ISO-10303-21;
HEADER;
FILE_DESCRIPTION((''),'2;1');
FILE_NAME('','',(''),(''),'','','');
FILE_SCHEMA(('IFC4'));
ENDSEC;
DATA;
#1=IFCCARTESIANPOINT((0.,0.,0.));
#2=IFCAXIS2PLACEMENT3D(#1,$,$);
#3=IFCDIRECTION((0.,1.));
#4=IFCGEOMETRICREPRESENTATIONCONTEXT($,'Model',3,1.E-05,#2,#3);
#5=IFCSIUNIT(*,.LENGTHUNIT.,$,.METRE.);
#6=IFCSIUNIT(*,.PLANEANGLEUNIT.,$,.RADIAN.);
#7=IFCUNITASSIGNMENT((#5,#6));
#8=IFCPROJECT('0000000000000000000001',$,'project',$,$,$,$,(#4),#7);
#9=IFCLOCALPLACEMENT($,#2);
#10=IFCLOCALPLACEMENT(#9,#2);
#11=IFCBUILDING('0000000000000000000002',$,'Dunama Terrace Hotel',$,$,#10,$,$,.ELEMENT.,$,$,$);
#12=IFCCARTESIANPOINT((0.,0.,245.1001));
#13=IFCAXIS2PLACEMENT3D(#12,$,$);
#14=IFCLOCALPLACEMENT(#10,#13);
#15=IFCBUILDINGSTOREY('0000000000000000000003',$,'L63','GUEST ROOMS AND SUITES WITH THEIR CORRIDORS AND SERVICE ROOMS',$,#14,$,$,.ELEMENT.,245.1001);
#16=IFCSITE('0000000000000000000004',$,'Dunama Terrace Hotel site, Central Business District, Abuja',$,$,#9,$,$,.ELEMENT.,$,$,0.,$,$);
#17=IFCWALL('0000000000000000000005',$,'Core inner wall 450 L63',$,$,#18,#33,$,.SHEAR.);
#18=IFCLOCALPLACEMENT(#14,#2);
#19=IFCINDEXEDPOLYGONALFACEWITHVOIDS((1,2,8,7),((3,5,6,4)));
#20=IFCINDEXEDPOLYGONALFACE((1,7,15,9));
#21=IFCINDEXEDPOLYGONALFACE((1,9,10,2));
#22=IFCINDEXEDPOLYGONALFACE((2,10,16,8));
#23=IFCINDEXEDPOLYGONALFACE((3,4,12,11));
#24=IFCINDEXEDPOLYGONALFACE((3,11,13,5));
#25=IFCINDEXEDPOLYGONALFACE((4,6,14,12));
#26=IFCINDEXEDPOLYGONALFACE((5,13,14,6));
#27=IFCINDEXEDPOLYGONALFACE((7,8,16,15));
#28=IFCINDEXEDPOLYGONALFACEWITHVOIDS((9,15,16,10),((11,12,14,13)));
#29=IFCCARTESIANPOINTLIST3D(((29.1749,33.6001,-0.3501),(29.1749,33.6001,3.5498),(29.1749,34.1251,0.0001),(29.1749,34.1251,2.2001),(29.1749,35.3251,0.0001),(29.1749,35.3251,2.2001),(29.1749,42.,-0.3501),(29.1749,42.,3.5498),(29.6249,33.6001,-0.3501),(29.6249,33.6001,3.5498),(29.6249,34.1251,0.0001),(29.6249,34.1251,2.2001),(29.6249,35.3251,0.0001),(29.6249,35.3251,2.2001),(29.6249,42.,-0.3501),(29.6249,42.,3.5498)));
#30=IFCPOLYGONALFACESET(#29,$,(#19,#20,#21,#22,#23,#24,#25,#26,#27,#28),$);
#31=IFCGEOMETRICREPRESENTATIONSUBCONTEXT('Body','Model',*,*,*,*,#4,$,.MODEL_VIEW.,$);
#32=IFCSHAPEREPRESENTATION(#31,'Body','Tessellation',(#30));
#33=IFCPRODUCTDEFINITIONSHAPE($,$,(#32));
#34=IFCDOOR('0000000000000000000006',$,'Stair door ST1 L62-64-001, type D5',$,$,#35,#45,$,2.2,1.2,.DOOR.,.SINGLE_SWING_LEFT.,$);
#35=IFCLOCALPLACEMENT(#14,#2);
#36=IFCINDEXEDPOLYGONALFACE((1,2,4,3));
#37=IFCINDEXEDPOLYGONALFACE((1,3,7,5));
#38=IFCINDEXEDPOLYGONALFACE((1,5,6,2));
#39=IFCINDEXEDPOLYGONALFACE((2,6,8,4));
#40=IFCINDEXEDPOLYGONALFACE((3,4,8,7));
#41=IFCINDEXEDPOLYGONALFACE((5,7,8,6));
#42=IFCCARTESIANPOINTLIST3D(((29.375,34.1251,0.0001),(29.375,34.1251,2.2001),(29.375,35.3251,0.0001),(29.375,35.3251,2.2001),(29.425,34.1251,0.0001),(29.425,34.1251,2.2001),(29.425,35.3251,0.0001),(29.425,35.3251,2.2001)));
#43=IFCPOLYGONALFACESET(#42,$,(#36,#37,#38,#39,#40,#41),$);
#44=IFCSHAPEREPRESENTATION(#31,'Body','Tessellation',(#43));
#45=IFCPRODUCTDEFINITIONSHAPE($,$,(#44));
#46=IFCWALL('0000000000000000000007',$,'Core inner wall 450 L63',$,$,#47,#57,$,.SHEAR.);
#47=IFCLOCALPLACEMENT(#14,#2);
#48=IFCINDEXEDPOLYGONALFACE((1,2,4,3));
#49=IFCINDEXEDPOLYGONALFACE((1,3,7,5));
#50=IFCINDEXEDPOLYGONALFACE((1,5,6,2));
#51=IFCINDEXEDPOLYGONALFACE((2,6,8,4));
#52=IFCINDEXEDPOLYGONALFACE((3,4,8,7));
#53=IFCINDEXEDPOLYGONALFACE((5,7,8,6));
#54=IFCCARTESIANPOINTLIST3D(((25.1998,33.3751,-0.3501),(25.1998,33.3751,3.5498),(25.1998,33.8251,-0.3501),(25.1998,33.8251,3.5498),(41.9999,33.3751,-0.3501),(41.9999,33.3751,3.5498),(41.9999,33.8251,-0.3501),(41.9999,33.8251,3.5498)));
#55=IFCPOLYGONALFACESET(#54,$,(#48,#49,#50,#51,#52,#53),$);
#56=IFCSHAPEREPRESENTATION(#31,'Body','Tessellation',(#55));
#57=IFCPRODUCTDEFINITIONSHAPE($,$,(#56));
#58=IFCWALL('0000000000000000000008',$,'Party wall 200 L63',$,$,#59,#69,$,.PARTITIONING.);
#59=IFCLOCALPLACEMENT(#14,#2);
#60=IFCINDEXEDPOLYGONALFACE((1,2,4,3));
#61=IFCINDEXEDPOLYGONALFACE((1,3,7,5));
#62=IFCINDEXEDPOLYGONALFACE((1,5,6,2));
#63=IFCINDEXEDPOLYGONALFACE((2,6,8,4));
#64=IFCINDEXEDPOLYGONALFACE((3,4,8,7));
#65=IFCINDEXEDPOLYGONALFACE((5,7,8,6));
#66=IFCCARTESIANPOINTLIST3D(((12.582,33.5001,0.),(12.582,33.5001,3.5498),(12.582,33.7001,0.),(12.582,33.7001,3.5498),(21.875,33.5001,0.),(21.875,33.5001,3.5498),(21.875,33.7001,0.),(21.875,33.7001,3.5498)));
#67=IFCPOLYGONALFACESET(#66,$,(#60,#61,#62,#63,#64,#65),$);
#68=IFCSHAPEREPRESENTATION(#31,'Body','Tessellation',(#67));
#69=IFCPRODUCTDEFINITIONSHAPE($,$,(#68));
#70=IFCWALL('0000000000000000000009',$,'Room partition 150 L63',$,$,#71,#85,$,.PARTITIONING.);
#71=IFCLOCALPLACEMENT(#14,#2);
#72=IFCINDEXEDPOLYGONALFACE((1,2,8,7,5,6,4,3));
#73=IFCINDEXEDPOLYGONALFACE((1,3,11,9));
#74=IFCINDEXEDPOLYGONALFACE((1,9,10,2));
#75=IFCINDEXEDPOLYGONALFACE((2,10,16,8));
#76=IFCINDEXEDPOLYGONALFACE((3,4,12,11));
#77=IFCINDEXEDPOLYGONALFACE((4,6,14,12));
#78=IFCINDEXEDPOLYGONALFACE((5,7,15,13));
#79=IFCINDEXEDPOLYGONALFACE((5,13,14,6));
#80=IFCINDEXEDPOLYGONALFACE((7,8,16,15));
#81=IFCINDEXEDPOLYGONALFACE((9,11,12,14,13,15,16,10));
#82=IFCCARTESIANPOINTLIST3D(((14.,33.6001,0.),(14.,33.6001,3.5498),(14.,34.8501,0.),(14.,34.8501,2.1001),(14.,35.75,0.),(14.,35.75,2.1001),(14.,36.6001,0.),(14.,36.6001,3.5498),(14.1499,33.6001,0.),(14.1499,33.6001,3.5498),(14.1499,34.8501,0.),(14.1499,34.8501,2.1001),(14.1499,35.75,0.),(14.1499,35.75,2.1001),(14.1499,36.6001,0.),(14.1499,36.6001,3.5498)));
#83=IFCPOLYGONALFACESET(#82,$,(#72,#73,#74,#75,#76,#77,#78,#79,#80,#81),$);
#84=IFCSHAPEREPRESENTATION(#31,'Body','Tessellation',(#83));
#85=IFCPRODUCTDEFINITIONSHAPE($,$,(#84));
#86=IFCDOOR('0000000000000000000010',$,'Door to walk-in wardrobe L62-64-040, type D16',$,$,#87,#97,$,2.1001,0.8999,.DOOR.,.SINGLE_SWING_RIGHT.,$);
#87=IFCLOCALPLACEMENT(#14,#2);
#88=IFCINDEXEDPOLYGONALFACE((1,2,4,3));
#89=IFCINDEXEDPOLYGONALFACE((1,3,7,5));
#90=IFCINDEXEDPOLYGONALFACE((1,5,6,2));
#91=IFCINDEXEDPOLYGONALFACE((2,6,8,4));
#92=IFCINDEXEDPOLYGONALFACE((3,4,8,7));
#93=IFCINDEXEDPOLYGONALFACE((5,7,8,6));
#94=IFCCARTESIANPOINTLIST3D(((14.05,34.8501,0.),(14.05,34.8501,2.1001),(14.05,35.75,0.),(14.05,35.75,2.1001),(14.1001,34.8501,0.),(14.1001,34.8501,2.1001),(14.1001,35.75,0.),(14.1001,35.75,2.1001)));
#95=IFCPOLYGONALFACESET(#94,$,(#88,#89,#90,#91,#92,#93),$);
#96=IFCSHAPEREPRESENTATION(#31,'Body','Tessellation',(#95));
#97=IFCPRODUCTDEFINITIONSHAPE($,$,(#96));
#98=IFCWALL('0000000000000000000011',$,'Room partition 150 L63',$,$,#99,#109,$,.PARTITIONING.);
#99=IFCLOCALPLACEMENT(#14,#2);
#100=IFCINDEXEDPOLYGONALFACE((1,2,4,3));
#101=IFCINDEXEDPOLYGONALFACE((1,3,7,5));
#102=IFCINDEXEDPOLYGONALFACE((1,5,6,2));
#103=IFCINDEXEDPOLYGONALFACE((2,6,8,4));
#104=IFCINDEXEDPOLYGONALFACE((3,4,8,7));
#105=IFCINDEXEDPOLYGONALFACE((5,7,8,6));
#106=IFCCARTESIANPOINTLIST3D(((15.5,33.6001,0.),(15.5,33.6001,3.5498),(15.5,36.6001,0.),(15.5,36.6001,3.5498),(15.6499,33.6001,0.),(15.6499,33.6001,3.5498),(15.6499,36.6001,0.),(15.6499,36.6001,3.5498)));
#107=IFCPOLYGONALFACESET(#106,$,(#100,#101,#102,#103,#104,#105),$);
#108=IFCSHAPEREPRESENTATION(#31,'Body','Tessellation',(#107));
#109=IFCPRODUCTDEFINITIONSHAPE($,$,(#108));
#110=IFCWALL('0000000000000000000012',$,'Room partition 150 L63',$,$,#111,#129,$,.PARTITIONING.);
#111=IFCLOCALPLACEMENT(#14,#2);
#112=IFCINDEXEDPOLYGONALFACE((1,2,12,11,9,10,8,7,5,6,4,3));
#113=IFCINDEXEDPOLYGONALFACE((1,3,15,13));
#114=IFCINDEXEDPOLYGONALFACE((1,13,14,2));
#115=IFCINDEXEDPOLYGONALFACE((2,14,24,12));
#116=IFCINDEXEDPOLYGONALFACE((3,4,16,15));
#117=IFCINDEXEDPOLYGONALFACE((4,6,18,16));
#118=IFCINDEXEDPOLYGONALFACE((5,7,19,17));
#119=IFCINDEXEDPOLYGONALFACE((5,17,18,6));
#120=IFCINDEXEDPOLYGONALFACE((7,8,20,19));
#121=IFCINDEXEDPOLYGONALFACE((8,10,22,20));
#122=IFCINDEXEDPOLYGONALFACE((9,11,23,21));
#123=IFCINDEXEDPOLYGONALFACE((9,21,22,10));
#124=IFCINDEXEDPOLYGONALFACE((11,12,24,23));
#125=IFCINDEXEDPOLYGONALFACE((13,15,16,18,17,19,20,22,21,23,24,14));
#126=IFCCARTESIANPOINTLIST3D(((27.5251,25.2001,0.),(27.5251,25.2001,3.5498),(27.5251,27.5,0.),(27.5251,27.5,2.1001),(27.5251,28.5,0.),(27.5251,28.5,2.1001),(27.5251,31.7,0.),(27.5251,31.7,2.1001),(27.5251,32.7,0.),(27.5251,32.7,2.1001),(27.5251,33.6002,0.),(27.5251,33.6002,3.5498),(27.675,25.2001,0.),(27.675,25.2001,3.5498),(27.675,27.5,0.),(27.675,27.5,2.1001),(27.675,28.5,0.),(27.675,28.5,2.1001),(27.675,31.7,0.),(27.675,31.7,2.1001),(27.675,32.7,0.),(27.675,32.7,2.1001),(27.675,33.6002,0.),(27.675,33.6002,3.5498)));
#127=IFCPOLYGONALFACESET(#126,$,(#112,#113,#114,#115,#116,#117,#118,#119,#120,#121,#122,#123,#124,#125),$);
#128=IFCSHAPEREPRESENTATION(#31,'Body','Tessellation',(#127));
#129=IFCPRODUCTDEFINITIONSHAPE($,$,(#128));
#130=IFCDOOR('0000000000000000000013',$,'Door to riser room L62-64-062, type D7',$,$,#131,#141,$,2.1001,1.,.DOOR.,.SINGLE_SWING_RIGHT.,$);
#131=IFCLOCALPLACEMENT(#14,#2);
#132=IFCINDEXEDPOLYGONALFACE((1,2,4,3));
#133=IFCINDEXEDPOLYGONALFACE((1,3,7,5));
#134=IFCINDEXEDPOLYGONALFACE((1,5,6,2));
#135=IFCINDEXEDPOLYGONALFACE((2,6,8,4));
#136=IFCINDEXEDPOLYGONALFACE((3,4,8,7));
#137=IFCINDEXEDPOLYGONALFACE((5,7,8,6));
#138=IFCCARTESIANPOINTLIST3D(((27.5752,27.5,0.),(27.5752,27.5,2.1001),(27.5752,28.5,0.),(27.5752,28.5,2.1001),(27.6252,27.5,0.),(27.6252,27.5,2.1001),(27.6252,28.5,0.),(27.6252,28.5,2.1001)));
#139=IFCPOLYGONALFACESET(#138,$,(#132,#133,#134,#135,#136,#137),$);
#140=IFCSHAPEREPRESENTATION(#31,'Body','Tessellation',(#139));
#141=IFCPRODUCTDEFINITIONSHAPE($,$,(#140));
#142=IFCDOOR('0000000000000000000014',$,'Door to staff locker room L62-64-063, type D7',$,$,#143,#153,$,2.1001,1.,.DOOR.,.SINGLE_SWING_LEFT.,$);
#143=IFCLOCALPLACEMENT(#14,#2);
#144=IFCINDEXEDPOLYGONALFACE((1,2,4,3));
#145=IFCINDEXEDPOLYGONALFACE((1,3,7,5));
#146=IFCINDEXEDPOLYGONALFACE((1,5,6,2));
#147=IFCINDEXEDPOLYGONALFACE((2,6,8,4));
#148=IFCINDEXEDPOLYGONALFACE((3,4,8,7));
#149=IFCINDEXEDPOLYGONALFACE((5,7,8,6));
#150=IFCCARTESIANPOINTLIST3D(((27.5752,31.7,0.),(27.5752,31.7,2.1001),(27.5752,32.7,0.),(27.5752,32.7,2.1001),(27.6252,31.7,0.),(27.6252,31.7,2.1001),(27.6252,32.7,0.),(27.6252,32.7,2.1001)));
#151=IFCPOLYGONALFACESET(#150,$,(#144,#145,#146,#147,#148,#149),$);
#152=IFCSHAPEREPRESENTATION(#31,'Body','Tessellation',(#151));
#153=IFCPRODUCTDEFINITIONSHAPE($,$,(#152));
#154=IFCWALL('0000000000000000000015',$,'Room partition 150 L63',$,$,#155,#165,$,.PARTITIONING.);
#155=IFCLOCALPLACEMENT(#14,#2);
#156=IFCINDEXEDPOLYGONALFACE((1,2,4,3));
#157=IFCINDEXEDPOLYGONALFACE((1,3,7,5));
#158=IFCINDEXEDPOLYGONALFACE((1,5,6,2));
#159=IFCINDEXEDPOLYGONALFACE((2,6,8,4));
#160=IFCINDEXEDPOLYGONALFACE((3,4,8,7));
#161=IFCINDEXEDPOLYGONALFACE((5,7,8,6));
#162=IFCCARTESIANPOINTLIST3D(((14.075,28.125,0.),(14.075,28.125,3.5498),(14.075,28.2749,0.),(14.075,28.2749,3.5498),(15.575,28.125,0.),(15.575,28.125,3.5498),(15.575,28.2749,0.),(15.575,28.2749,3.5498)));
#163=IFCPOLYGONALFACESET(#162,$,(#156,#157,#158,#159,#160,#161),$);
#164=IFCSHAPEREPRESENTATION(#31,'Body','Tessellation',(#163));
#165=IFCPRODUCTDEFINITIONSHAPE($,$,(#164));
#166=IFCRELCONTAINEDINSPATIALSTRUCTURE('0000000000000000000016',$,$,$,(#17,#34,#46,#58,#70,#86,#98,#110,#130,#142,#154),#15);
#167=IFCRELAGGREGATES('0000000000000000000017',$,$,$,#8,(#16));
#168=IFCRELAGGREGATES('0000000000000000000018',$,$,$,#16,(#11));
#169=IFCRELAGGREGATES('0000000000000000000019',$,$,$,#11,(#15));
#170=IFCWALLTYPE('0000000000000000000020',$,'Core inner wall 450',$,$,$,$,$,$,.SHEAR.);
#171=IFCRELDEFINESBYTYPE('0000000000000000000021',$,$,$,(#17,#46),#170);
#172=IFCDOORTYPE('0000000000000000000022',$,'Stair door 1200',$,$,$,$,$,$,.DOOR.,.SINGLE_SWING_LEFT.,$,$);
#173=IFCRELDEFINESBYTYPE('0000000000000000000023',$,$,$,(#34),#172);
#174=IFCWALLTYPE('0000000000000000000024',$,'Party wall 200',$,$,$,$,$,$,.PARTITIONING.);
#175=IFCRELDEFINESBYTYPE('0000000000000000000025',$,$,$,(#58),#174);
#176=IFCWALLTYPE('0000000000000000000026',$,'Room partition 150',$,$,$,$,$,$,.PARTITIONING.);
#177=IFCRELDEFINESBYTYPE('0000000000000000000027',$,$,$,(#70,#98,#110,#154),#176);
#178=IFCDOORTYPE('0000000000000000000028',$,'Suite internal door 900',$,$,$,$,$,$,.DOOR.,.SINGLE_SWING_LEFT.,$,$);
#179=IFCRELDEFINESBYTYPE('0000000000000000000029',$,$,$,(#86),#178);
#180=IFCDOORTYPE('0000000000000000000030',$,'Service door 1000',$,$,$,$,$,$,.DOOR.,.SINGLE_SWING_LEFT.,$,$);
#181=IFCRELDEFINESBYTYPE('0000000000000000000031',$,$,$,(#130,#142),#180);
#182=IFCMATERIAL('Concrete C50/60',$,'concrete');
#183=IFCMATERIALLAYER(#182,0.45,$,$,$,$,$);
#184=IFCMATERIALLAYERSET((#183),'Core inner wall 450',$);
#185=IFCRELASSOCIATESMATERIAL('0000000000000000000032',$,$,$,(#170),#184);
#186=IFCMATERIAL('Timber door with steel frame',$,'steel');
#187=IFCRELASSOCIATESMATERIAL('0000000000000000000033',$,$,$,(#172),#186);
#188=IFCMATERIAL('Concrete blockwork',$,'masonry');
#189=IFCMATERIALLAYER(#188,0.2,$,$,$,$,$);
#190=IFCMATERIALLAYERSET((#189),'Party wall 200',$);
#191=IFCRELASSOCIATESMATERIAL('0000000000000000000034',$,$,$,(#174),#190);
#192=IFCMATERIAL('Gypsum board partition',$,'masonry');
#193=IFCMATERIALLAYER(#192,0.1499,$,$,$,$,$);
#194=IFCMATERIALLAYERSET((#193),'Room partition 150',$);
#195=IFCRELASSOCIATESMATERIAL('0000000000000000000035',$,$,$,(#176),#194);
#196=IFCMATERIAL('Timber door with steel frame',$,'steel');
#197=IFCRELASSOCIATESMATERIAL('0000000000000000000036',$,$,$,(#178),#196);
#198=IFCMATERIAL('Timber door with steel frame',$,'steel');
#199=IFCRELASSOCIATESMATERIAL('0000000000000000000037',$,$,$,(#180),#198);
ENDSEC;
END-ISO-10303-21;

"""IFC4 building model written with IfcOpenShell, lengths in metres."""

from ifc_helpers import new_model, si_unit, direction, frame, frame_2d, origin, place, context, subcontext, project, spatial, rectangle, extrude, material, layer, layer_set, type_object, element, fill, save


model = new_model("IFC4")

# Units and contexts
model_context = context("Model", 3, precision=1e-05, world=origin(), true_north=direction((0.0, 1.0)))
body_context = subcontext(model_context, "Body", "Model", "MODEL_VIEW")
ifc_project = project(units=[si_unit("LENGTHUNIT", "METRE"), si_unit("PLANEANGLEUNIT", "RADIAN")], contexts=[model_context])

# Site, building, storey
site_placement = place(None, origin())
site = spatial("IfcSite", under=ifc_project, at=site_placement, Name="Dunama Terrace Hotel site, Central Business District, Abuja", CompositionType="ELEMENT", RefElevation=0.0)
building_placement = place(site_placement, origin())
building = spatial("IfcBuilding", under=site, at=building_placement, Name="Dunama Terrace Hotel", CompositionType="ELEMENT")
storey_placement = place(building_placement, frame((0.0, 0.0, 245.1001)))
storey = spatial("IfcBuildingStorey", under=building, at=storey_placement, Name="L63", Description="GUEST ROOMS AND SUITES WITH THEIR CORRIDORS AND SERVICE ROOMS", CompositionType="ELEMENT", Elevation=245.1001)

# Wall, opening, door
ifc_material_1 = material(Name="Concrete C50/60", Category="concrete")
ifc_layer_1 = layer(ifc_material_1, 0.45)
ifc_layer_set_1 = layer_set([ifc_layer_1], Name="Core inner wall 450")
wall_type_1 = type_object("IfcWallType", Name="Core inner wall 450", PredefinedType="SHEAR", material=ifc_layer_set_1)
wall_1_placement = place(storey_placement, frame((29.3999, 33.6001, -0.3501), z_axis=(0.0, 0.0, 1.0), x_axis=(0.0, 1.0, 0.0)))
wall_1 = element("IfcWall", 1, at=wall_1_placement, inside=storey, type_object=wall_type_1, Name="Core inner wall 450 L63", PredefinedType="SHEAR", context=body_context, shape_type="SweptSolid", body=[
    extrude(rectangle(XDim=8.3999, YDim=0.45, at=frame_2d((4.2, 0.0))), origin(), (0.0, 0.0, 1.0), 3.8999),
])
opening_1_placement = place(wall_1_placement, frame((0.5249, 0.0, 0.3501)))
opening_1 = element("IfcOpeningElement", 2, at=opening_1_placement, cuts=wall_1, PredefinedType="OPENING", context=body_context, shape_type="SweptSolid", body=[
    extrude(rectangle(XDim=1.2, YDim=2.2, at=frame_2d((0.6001, 1.1001))), frame((0.0, 0.2349, 0.0), z_axis=(0.0, -1.0, 0.0), x_axis=(1.0, 0.0, 0.0)), (0.0, 0.0, 1.0), 0.47),
])
ifc_material_2 = material(Name="Timber door with steel frame", Category="steel")
door_type_1 = type_object("IfcDoorType", Name="Stair door 1200", OperationType="SINGLE_SWING_LEFT", PredefinedType="DOOR", material=ifc_material_2)
door_1_placement = place(opening_1_placement, origin())
door_1 = element("IfcDoor", 3, at=door_1_placement, inside=storey, type_object=door_type_1, Name="Stair door ST1 L62-64-001, type D5", OperationType="SINGLE_SWING_LEFT", OverallHeight=2.2, OverallWidth=1.2, PredefinedType="DOOR", context=body_context, shape_type="SweptSolid", body=[
    extrude(rectangle(XDim=1.2, YDim=2.2, at=frame_2d((0.6001, 1.1001))), frame((0.0, 0.0249, 0.0), z_axis=(0.0, -1.0, 0.0), x_axis=(1.0, 0.0, 0.0)), (0.0, 0.0, 1.0), 0.05),
])
fill(opening_1, door_1)

# Walls
wall_2_placement = place(storey_placement, frame((25.2, 33.6001, -0.3501), z_axis=(0.0, 0.0, 1.0), x_axis=(1.0, 0.0, 0.0)))
element("IfcWall", 4, at=wall_2_placement, inside=storey, type_object=wall_type_1, Name="Core inner wall 450 L63", PredefinedType="SHEAR", context=body_context, shape_type="SweptSolid", body=[
    extrude(rectangle(XDim=16.8, YDim=0.45, at=frame_2d((8.3999, 0.0))), origin(), (0.0, 0.0, 1.0), 3.8999),
])
ifc_material_3 = material(Name="Concrete blockwork", Category="masonry")
ifc_layer_2 = layer(ifc_material_3, 0.2)
ifc_layer_set_2 = layer_set([ifc_layer_2], Name="Party wall 200")
wall_type_2 = type_object("IfcWallType", Name="Party wall 200", PredefinedType="PARTITIONING", material=ifc_layer_set_2)
wall_3_placement = place(storey_placement, frame((12.582, 33.6001, 0.0), z_axis=(0.0, 0.0, 1.0), x_axis=(1.0, 0.0, 0.0)))
element("IfcWall", 5, at=wall_3_placement, inside=storey, type_object=wall_type_2, Name="Party wall 200 L63", PredefinedType="PARTITIONING", context=body_context, shape_type="SweptSolid", body=[
    extrude(rectangle(XDim=9.293, YDim=0.2, at=frame_2d((4.6465, 0.0))), origin(), (0.0, 0.0, 1.0), 3.5498),
])

# Wall, opening, door
ifc_material_4 = material(Name="Gypsum board partition", Category="masonry")
ifc_layer_3 = layer(ifc_material_4, 0.1499)
ifc_layer_set_3 = layer_set([ifc_layer_3], Name="Room partition 150")
wall_type_3 = type_object("IfcWallType", Name="Room partition 150", PredefinedType="PARTITIONING", material=ifc_layer_set_3)
wall_4_placement = place(storey_placement, frame((14.075, 33.6001, 0.0), z_axis=(0.0, 0.0, 1.0), x_axis=(0.0, 1.0, 0.0)))
wall_4 = element("IfcWall", 6, at=wall_4_placement, inside=storey, type_object=wall_type_3, Name="Room partition 150 L63", PredefinedType="PARTITIONING", context=body_context, shape_type="SweptSolid", body=[
    extrude(rectangle(XDim=3.0, YDim=0.1499, at=frame_2d((1.5, 0.0))), origin(), (0.0, 0.0, 1.0), 3.5498),
])
opening_2_placement = place(wall_4_placement, frame((1.25, 0.0, 0.0)))
opening_2 = element("IfcOpeningElement", 7, at=opening_2_placement, cuts=wall_4, PredefinedType="OPENING", context=body_context, shape_type="SweptSolid", body=[
    extrude(rectangle(XDim=0.8999, YDim=2.1001, at=frame_2d((0.45, 1.05))), frame((0.0, 0.085, 0.0), z_axis=(0.0, -1.0, 0.0), x_axis=(1.0, 0.0, 0.0)), (0.0, 0.0, 1.0), 0.1699),
])
ifc_material_5 = material(Name="Timber door with steel frame", Category="steel")
door_type_2 = type_object("IfcDoorType", Name="Suite internal door 900", OperationType="SINGLE_SWING_LEFT", PredefinedType="DOOR", material=ifc_material_5)
door_2_placement = place(opening_2_placement, frame((0.8999, 0.0, 0.0), z_axis=(0.0, 0.0, 1.0), x_axis=(-1.0, 0.0, 0.0)))
door_2 = element("IfcDoor", 8, at=door_2_placement, inside=storey, type_object=door_type_2, Name="Door to walk-in wardrobe L62-64-040, type D16", OperationType="SINGLE_SWING_RIGHT", OverallHeight=2.1001, OverallWidth=0.8999, PredefinedType="DOOR", context=body_context, shape_type="SweptSolid", body=[
    extrude(rectangle(XDim=0.8999, YDim=2.1001, at=frame_2d((0.45, 1.05))), frame((0.0, 0.0251, 0.0), z_axis=(0.0, -1.0, 0.0), x_axis=(1.0, 0.0, 0.0)), (0.0, 0.0, 1.0), 0.05),
])
fill(opening_2, door_2)

# Wall
wall_5_placement = place(storey_placement, frame((15.575, 33.6001, 0.0), z_axis=(0.0, 0.0, 1.0), x_axis=(0.0, 1.0, 0.0)))
element("IfcWall", 9, at=wall_5_placement, inside=storey, type_object=wall_type_3, Name="Room partition 150 L63", PredefinedType="PARTITIONING", context=body_context, shape_type="SweptSolid", body=[
    extrude(rectangle(XDim=3.0, YDim=0.1499, at=frame_2d((1.5, 0.0))), origin(), (0.0, 0.0, 1.0), 3.5498),
])

# Wall, openings, doors
wall_6_placement = place(storey_placement, frame((27.6001, 25.2, 0.0), z_axis=(0.0, 0.0, 1.0), x_axis=(0.0, 1.0, 0.0)))
wall_6 = element("IfcWall", 10, at=wall_6_placement, inside=storey, type_object=wall_type_3, Name="Room partition 150 L63", PredefinedType="PARTITIONING", context=body_context, shape_type="SweptSolid", body=[
    extrude(rectangle(XDim=8.4001, YDim=0.1499, at=frame_2d((4.2002, 0.0))), origin(), (0.0, 0.0, 1.0), 3.5498),
])
opening_3_placement = place(wall_6_placement, frame((2.3, 0.0, 0.0)))
opening_3 = element("IfcOpeningElement", 11, at=opening_3_placement, cuts=wall_6, PredefinedType="OPENING", context=body_context, shape_type="SweptSolid", body=[
    extrude(rectangle(XDim=1.0, YDim=2.1001, at=frame_2d((0.5, 1.05))), frame((0.0, 0.085, 0.0), z_axis=(0.0, -1.0, 0.0), x_axis=(1.0, 0.0, 0.0)), (0.0, 0.0, 1.0), 0.1699),
])
opening_4_placement = place(wall_6_placement, frame((6.5, 0.0, 0.0)))
opening_4 = element("IfcOpeningElement", 12, at=opening_4_placement, cuts=wall_6, PredefinedType="OPENING", context=body_context, shape_type="SweptSolid", body=[
    extrude(rectangle(XDim=1.0, YDim=2.1001, at=frame_2d((0.5, 1.05))), frame((0.0, 0.085, 0.0), z_axis=(0.0, -1.0, 0.0), x_axis=(1.0, 0.0, 0.0)), (0.0, 0.0, 1.0), 0.1699),
])
ifc_material_6 = material(Name="Timber door with steel frame", Category="steel")
door_type_3 = type_object("IfcDoorType", Name="Service door 1000", OperationType="SINGLE_SWING_LEFT", PredefinedType="DOOR", material=ifc_material_6)
door_3_placement = place(opening_3_placement, frame((1.0, 0.0, 0.0), z_axis=(0.0, 0.0, 1.0), x_axis=(-1.0, 0.0, 0.0)))
door_3 = element("IfcDoor", 13, at=door_3_placement, inside=storey, type_object=door_type_3, Name="Door to riser room L62-64-062, type D7", OperationType="SINGLE_SWING_RIGHT", OverallHeight=2.1001, OverallWidth=1.0, PredefinedType="DOOR", context=body_context, shape_type="SweptSolid", body=[
    extrude(rectangle(XDim=1.0, YDim=2.1001, at=frame_2d((0.5, 1.05))), frame((0.0, 0.0251, 0.0), z_axis=(0.0, -1.0, 0.0), x_axis=(1.0, 0.0, 0.0)), (0.0, 0.0, 1.0), 0.05),
])
fill(opening_3, door_3)
door_4_placement = place(opening_4_placement, frame((1.0, 0.0, 0.0), z_axis=(0.0, 0.0, 1.0), x_axis=(-1.0, 0.0, 0.0)))
door_4 = element("IfcDoor", 14, at=door_4_placement, inside=storey, type_object=door_type_3, Name="Door to staff locker room L62-64-063, type D7", OperationType="SINGLE_SWING_LEFT", OverallHeight=2.1001, OverallWidth=1.0, PredefinedType="DOOR", context=body_context, shape_type="SweptSolid", body=[
    extrude(rectangle(XDim=1.0, YDim=2.1001, at=frame_2d((0.5, 1.05))), frame((0.0, 0.0251, 0.0), z_axis=(0.0, -1.0, 0.0), x_axis=(1.0, 0.0, 0.0)), (0.0, 0.0, 1.0), 0.05),
])
fill(opening_4, door_4)

# Wall
wall_7_placement = place(storey_placement, frame((14.075, 28.2, 0.0), z_axis=(0.0, 0.0, 1.0), x_axis=(1.0, 0.0, 0.0)))
element("IfcWall", 15, at=wall_7_placement, inside=storey, type_object=wall_type_3, Name="Room partition 150 L63", PredefinedType="PARTITIONING", context=body_context, shape_type="SweptSolid", body=[
    extrude(rectangle(XDim=1.5, YDim=0.1499, at=frame_2d((0.75, 0.0))), origin(), (0.0, 0.0, 1.0), 3.5498),
])

save(model, "model.ifc")
